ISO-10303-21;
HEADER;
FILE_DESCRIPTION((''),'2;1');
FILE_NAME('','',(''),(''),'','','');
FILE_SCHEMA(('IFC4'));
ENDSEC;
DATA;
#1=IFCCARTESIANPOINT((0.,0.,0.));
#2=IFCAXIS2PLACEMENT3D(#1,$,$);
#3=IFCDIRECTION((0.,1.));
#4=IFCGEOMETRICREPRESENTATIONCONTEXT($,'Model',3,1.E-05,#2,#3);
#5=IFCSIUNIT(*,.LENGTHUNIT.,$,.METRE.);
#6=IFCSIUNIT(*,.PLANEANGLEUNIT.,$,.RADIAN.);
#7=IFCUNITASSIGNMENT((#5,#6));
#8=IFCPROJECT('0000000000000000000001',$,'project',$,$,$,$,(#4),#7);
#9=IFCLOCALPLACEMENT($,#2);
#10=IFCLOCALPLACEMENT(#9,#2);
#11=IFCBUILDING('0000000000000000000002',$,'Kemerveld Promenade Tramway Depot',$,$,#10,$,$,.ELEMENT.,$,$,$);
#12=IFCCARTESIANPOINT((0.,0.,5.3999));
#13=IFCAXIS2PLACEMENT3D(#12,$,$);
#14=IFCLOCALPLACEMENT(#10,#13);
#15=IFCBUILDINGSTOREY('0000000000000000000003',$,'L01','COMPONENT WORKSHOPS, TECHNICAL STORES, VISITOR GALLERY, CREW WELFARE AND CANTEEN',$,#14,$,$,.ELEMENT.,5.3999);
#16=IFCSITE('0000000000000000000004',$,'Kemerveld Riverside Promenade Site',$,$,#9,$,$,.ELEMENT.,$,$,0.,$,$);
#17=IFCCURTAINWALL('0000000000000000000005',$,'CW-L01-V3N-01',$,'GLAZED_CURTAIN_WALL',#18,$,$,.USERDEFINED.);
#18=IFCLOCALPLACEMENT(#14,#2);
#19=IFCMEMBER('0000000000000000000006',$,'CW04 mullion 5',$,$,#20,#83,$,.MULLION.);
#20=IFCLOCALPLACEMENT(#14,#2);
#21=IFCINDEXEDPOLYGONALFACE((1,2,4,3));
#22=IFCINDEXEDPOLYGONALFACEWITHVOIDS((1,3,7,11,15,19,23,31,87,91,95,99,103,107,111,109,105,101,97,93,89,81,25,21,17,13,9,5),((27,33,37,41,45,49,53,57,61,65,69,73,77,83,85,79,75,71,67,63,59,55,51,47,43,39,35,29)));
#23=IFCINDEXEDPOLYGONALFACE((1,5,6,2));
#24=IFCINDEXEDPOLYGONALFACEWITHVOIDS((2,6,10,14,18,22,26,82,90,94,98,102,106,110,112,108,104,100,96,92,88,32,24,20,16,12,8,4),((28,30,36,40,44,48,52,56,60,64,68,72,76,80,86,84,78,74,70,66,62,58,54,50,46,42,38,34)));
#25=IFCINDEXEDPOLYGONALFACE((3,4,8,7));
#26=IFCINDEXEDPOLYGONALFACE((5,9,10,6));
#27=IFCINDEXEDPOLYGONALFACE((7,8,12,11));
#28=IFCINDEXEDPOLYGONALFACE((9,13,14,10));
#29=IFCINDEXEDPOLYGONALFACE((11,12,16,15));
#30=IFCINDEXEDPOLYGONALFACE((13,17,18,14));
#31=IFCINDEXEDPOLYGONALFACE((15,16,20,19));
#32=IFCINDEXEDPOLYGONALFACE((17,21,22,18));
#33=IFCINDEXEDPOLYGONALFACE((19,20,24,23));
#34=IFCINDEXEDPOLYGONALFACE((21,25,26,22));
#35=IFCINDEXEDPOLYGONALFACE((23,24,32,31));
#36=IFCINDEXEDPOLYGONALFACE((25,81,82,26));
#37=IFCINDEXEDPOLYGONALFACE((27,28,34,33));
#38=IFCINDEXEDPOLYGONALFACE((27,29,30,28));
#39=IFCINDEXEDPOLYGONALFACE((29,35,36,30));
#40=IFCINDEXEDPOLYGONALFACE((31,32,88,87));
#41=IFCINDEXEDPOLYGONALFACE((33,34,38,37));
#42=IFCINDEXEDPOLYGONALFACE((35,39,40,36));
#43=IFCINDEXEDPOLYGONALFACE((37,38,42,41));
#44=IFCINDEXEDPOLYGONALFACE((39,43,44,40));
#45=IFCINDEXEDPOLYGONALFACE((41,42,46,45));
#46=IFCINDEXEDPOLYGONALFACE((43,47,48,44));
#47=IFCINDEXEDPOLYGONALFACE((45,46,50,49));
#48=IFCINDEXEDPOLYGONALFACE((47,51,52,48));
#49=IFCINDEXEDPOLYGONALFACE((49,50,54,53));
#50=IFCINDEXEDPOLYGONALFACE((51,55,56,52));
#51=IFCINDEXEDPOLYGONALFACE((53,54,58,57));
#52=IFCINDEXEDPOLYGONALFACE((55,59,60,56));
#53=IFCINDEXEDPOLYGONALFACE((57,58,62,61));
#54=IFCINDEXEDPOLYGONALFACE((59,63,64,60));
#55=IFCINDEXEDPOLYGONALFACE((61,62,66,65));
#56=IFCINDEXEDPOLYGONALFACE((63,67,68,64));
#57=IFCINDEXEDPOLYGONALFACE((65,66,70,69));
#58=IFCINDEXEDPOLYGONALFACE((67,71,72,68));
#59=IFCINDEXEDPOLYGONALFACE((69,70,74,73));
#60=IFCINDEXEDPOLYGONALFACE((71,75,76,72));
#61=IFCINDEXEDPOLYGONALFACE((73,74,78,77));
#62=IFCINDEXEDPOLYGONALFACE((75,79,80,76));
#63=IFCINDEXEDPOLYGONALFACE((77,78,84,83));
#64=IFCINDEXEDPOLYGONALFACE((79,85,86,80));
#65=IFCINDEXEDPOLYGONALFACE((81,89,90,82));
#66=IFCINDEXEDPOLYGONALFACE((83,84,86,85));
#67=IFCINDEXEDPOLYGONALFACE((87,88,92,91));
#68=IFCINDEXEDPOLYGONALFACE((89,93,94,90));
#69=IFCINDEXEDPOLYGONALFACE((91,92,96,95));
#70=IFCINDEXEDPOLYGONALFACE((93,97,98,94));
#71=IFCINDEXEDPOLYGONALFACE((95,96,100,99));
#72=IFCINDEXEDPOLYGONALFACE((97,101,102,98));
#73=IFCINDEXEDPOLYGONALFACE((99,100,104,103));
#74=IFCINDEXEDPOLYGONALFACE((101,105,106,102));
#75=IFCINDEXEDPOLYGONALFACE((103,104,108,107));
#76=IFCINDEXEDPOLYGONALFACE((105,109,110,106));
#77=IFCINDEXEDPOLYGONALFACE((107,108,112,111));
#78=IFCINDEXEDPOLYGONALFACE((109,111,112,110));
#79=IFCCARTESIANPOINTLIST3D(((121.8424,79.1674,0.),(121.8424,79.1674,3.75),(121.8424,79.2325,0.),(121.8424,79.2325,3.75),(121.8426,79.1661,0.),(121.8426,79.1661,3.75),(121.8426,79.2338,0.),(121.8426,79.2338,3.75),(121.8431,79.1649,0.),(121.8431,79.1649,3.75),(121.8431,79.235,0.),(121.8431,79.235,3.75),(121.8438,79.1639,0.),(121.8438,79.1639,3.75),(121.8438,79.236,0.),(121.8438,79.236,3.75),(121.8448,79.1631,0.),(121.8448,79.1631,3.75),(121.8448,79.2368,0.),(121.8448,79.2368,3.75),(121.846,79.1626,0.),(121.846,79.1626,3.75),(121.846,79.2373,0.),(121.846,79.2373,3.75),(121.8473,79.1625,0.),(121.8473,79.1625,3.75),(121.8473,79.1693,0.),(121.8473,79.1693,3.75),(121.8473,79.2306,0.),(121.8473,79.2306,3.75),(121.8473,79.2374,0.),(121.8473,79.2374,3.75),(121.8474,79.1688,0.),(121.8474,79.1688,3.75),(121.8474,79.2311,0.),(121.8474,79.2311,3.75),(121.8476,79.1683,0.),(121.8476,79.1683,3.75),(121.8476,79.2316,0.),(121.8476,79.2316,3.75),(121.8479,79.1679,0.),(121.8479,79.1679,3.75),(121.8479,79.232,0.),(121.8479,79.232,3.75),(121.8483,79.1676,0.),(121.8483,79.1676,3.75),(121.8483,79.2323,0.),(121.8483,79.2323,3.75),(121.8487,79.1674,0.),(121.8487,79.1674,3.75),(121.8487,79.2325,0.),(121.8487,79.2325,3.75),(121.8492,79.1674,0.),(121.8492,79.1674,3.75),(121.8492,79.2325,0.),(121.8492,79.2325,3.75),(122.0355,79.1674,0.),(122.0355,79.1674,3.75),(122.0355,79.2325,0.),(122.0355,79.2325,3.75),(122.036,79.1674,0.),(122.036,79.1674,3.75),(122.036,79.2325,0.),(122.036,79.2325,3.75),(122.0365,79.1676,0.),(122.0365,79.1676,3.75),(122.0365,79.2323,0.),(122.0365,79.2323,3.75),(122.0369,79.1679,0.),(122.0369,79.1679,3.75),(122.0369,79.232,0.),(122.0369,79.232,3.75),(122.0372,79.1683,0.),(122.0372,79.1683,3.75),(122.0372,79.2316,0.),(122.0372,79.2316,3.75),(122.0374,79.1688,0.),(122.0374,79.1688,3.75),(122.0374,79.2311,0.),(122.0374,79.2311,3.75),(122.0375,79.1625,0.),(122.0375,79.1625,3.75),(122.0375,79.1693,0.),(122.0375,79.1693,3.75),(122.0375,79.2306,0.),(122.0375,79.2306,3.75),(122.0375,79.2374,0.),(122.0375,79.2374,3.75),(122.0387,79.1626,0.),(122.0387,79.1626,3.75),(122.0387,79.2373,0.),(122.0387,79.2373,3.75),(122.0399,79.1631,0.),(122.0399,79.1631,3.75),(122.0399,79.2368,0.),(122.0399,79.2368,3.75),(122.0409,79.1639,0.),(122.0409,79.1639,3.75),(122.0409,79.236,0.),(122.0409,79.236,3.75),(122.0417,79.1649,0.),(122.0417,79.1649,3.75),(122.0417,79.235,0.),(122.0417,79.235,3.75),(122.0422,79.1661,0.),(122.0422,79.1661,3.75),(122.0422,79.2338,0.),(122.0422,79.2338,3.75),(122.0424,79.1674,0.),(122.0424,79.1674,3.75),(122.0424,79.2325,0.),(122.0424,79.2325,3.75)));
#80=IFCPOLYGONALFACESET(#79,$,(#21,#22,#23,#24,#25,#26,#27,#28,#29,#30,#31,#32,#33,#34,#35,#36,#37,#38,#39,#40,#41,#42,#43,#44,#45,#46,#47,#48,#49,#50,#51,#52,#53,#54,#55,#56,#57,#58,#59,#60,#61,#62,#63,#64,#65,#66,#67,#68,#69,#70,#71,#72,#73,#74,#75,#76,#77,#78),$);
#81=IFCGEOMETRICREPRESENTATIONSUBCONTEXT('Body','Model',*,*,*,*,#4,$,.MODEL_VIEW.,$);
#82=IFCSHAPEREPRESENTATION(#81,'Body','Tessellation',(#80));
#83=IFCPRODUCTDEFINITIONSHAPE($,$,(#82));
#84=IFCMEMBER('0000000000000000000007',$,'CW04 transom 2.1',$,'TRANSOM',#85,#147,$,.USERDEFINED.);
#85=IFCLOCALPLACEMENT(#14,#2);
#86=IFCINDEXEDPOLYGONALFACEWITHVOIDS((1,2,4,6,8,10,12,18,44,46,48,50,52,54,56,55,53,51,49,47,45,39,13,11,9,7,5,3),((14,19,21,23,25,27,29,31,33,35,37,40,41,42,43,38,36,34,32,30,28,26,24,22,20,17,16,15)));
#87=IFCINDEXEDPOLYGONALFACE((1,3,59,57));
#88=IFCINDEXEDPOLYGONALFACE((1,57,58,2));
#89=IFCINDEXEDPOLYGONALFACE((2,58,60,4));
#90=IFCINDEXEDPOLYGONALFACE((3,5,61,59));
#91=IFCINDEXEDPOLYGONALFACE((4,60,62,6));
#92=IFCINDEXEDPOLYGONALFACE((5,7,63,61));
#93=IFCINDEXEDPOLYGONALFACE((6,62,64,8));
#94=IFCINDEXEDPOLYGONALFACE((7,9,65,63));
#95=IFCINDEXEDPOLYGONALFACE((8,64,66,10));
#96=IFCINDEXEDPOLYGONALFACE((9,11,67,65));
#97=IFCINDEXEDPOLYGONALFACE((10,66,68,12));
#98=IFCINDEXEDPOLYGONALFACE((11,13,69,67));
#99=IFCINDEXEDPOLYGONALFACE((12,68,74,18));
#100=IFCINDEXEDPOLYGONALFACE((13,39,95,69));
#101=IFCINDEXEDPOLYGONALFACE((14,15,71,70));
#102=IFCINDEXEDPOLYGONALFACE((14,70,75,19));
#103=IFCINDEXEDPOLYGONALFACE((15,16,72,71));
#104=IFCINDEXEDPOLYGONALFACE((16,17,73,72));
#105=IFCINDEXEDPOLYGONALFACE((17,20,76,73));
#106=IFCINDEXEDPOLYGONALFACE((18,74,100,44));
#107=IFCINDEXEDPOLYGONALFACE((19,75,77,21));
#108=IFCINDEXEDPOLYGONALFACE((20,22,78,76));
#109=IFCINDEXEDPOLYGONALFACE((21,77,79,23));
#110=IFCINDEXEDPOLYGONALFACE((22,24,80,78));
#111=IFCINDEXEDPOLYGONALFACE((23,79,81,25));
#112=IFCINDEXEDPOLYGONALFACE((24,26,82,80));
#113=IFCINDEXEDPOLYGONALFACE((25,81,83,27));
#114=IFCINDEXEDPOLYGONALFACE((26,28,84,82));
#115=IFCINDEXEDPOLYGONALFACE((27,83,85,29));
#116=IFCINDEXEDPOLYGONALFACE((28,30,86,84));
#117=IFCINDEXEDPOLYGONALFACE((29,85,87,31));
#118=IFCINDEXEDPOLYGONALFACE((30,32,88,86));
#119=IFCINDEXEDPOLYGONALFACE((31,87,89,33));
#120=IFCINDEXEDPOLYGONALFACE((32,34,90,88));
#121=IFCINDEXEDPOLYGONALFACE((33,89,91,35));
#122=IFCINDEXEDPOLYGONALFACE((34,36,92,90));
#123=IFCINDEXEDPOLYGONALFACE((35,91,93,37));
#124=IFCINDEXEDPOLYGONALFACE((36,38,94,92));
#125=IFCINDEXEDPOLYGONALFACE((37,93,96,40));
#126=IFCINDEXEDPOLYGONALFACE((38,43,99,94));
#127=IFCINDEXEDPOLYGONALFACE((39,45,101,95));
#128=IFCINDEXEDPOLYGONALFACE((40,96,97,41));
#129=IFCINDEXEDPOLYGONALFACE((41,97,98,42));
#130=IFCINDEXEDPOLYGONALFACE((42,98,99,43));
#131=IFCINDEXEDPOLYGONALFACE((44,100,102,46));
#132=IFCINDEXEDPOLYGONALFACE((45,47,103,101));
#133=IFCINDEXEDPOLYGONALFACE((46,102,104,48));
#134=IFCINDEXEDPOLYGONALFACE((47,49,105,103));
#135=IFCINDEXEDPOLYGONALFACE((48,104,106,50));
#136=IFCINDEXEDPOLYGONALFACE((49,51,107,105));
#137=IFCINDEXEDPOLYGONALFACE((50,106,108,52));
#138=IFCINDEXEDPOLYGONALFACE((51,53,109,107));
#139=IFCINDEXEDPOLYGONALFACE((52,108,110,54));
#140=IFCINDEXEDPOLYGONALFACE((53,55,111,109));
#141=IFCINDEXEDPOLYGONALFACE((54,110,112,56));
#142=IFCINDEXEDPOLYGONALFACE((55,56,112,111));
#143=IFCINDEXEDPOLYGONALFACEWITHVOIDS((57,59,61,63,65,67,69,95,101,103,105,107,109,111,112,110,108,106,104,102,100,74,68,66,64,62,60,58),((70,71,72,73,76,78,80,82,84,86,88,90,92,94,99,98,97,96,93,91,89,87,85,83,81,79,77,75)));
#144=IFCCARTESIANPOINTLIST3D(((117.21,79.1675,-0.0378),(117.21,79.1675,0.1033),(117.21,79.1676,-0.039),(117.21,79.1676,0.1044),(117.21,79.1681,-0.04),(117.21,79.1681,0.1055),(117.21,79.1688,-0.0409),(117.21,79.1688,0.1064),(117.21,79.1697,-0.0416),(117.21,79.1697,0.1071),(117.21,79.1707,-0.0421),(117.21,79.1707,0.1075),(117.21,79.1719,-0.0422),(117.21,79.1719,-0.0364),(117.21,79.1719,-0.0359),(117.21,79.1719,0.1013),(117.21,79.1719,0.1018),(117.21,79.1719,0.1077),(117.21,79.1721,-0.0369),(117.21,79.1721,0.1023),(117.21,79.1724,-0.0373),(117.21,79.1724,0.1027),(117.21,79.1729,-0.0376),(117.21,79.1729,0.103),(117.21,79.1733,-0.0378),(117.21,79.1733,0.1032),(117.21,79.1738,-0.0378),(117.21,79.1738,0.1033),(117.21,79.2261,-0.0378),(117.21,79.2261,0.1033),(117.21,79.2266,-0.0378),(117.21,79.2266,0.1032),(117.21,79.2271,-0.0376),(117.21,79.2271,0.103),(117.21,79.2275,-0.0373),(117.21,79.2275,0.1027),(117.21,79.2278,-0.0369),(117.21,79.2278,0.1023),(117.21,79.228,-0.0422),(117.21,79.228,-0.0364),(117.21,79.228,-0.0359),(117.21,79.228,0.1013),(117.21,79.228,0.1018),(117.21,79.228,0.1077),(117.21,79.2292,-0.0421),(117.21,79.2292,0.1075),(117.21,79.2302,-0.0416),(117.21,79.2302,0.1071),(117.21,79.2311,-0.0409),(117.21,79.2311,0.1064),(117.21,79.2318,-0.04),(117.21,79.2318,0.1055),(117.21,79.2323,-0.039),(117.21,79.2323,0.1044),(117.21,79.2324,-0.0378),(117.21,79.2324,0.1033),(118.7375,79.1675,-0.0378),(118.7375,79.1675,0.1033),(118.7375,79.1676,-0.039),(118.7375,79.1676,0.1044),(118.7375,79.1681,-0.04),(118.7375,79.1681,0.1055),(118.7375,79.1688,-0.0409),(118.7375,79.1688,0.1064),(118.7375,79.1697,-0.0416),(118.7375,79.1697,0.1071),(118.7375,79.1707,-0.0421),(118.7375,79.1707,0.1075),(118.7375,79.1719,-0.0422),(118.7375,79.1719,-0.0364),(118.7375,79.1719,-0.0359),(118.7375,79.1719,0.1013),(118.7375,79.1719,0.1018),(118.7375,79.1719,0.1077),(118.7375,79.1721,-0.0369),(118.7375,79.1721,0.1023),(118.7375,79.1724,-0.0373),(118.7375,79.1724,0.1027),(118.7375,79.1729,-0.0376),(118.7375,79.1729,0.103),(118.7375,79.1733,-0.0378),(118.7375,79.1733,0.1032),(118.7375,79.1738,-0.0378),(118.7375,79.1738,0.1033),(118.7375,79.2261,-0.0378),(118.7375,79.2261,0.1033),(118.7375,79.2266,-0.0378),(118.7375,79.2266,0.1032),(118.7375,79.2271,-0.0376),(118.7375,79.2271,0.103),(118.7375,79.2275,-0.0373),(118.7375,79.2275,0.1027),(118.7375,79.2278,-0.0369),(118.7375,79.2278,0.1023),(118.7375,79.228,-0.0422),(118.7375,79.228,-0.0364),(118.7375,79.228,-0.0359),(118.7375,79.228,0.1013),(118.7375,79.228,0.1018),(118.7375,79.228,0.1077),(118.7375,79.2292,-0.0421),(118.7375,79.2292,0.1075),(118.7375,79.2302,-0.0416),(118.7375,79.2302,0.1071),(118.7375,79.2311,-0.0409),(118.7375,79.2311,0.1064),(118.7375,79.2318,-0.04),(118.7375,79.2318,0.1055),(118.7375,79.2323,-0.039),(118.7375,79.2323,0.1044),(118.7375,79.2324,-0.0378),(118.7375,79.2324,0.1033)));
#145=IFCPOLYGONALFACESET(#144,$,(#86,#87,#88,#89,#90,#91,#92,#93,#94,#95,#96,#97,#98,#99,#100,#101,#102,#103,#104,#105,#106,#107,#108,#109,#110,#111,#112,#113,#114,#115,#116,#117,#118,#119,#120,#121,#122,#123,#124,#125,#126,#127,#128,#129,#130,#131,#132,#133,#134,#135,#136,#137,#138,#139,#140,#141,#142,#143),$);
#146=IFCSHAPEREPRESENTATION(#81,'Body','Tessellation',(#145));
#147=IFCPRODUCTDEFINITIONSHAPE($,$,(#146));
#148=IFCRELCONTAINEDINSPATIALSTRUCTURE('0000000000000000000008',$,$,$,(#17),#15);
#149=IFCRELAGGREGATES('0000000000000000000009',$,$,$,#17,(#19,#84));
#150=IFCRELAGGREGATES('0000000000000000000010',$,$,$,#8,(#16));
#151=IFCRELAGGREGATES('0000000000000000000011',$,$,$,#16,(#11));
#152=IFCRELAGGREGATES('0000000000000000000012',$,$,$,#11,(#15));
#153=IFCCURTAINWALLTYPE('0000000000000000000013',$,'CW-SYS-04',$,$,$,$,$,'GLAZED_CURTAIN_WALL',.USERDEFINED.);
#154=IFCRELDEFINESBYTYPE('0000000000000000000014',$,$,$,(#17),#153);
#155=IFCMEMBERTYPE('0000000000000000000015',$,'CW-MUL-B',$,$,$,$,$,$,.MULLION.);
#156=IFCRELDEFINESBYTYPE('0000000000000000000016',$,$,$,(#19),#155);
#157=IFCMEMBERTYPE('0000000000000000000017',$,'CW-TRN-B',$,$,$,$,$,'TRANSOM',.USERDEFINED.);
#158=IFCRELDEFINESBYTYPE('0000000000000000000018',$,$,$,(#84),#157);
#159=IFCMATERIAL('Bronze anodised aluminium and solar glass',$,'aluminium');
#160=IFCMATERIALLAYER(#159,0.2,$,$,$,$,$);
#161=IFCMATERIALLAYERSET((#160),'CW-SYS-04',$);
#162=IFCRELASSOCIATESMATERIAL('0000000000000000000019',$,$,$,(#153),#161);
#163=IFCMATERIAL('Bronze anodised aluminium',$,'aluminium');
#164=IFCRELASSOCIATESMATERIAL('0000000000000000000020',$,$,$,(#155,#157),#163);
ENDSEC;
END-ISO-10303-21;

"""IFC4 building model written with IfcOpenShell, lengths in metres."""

from ifc_helpers import new_model, si_unit, direction, frame, origin, origin_2d, place, context, subcontext, project, spatial, hollow_rectangle, extrude, material, layer, layer_set, material_profile, profile_set, type_object, element, aggregate, save


model = new_model("IFC4")

# Units and contexts
model_context = context("Model", 3, precision=1e-05, world=origin(), true_north=direction((0.0, 1.0)))
body_context = subcontext(model_context, "Body", "Model", "MODEL_VIEW")
ifc_project = project(units=[si_unit("LENGTHUNIT", "METRE"), si_unit("PLANEANGLEUNIT", "RADIAN")], contexts=[model_context])

# Site, building, storey
site_placement = place(None, origin())
site = spatial("IfcSite", under=ifc_project, at=site_placement, Name="Kemerveld Riverside Promenade Site", CompositionType="ELEMENT", RefElevation=0.0)
building_placement = place(site_placement, origin())
building = spatial("IfcBuilding", under=site, at=building_placement, Name="Kemerveld Promenade Tramway Depot", CompositionType="ELEMENT")
storey_placement = place(building_placement, frame((0.0, 0.0, 5.3999)))
storey = spatial("IfcBuildingStorey", under=building, at=storey_placement, Name="L01", Description="COMPONENT WORKSHOPS, TECHNICAL STORES, VISITOR GALLERY, CREW WELFARE AND CANTEEN", CompositionType="ELEMENT", Elevation=5.3999)

# Curtain wall, members
ifc_material_1 = material(Name="Bronze anodised aluminium and solar glass", Category="aluminium")
ifc_layer_1 = layer(ifc_material_1, 0.2)
ifc_layer_set_1 = layer_set([ifc_layer_1], Name="CW-SYS-04")
curtain_wall_type = type_object("IfcCurtainWallType", Name="CW-SYS-04", ElementType="GLAZED_CURTAIN_WALL", PredefinedType="USERDEFINED", material=ifc_layer_set_1)
curtain_wall_placement = place(storey_placement, origin())
curtain_wall = element("IfcCurtainWall", 1, at=curtain_wall_placement, inside=storey, type_object=curtain_wall_type, Name="CW-L01-V3N-01", ObjectType="GLAZED_CURTAIN_WALL", PredefinedType="USERDEFINED")
ifc_material_2 = material(Name="Bronze anodised aluminium", Category="aluminium")
ifc_material_profile_1 = material_profile(ifc_material_2, hollow_rectangle(XDim=0.075, YDim=0.2, WallThickness=0.0049, InnerFilletRadius=0.002, OuterFilletRadius=0.0049, at=origin_2d()), Name="CW-MUL-200x75")
ifc_profile_set_1 = profile_set([ifc_material_profile_1], Name="Bronze anodised aluminium")
member_type_1 = type_object("IfcMemberType", Name="CW-MUL-B", PredefinedType="MULLION", material=ifc_profile_set_1)
member_1_placement = place(storey_placement, frame((121.9424, 79.2, 0.0), z_axis=(0.0, 0.0, 1.0), x_axis=(0.0, 1.0, 0.0)))
member_1 = element("IfcMember", 2, at=member_1_placement, type_object=member_type_1, Name="CW04 mullion 5", PredefinedType="MULLION", context=body_context, shape_type="SweptSolid", body=[
    extrude(hollow_rectangle(XDim=0.075, YDim=0.2, WallThickness=0.0049, InnerFilletRadius=0.002, OuterFilletRadius=0.0049, at=origin_2d()), origin(), (0.0, 0.0, 1.0), 3.75),
])
ifc_material_profile_2 = material_profile(ifc_material_2, hollow_rectangle(XDim=0.0649, YDim=0.1499, WallThickness=0.0044, InnerFilletRadius=0.002, OuterFilletRadius=0.0044, at=origin_2d()), Name="CW-TRN-150x65")
ifc_profile_set_2 = profile_set([ifc_material_profile_2], Name="Bronze anodised aluminium")
member_type_2 = type_object("IfcMemberType", Name="CW-TRN-B", ElementType="TRANSOM", PredefinedType="USERDEFINED", material=ifc_profile_set_2)
member_2_placement = place(storey_placement, frame((117.21, 79.2, 0.0327), z_axis=(1.0, 0.0, 0.0), x_axis=(0.0, 1.0, 0.0)))
member_2 = element("IfcMember", 3, at=member_2_placement, type_object=member_type_2, Name="CW04 transom 2.1", ObjectType="TRANSOM", PredefinedType="USERDEFINED", context=body_context, shape_type="SweptSolid", body=[
    extrude(hollow_rectangle(XDim=0.0649, YDim=0.1499, WallThickness=0.0044, InnerFilletRadius=0.002, OuterFilletRadius=0.0044, at=origin_2d()), origin(), (0.0, 0.0, 1.0), 1.5276),
])
aggregate(curtain_wall, [member_1, member_2])

save(model, "model.ifc")
